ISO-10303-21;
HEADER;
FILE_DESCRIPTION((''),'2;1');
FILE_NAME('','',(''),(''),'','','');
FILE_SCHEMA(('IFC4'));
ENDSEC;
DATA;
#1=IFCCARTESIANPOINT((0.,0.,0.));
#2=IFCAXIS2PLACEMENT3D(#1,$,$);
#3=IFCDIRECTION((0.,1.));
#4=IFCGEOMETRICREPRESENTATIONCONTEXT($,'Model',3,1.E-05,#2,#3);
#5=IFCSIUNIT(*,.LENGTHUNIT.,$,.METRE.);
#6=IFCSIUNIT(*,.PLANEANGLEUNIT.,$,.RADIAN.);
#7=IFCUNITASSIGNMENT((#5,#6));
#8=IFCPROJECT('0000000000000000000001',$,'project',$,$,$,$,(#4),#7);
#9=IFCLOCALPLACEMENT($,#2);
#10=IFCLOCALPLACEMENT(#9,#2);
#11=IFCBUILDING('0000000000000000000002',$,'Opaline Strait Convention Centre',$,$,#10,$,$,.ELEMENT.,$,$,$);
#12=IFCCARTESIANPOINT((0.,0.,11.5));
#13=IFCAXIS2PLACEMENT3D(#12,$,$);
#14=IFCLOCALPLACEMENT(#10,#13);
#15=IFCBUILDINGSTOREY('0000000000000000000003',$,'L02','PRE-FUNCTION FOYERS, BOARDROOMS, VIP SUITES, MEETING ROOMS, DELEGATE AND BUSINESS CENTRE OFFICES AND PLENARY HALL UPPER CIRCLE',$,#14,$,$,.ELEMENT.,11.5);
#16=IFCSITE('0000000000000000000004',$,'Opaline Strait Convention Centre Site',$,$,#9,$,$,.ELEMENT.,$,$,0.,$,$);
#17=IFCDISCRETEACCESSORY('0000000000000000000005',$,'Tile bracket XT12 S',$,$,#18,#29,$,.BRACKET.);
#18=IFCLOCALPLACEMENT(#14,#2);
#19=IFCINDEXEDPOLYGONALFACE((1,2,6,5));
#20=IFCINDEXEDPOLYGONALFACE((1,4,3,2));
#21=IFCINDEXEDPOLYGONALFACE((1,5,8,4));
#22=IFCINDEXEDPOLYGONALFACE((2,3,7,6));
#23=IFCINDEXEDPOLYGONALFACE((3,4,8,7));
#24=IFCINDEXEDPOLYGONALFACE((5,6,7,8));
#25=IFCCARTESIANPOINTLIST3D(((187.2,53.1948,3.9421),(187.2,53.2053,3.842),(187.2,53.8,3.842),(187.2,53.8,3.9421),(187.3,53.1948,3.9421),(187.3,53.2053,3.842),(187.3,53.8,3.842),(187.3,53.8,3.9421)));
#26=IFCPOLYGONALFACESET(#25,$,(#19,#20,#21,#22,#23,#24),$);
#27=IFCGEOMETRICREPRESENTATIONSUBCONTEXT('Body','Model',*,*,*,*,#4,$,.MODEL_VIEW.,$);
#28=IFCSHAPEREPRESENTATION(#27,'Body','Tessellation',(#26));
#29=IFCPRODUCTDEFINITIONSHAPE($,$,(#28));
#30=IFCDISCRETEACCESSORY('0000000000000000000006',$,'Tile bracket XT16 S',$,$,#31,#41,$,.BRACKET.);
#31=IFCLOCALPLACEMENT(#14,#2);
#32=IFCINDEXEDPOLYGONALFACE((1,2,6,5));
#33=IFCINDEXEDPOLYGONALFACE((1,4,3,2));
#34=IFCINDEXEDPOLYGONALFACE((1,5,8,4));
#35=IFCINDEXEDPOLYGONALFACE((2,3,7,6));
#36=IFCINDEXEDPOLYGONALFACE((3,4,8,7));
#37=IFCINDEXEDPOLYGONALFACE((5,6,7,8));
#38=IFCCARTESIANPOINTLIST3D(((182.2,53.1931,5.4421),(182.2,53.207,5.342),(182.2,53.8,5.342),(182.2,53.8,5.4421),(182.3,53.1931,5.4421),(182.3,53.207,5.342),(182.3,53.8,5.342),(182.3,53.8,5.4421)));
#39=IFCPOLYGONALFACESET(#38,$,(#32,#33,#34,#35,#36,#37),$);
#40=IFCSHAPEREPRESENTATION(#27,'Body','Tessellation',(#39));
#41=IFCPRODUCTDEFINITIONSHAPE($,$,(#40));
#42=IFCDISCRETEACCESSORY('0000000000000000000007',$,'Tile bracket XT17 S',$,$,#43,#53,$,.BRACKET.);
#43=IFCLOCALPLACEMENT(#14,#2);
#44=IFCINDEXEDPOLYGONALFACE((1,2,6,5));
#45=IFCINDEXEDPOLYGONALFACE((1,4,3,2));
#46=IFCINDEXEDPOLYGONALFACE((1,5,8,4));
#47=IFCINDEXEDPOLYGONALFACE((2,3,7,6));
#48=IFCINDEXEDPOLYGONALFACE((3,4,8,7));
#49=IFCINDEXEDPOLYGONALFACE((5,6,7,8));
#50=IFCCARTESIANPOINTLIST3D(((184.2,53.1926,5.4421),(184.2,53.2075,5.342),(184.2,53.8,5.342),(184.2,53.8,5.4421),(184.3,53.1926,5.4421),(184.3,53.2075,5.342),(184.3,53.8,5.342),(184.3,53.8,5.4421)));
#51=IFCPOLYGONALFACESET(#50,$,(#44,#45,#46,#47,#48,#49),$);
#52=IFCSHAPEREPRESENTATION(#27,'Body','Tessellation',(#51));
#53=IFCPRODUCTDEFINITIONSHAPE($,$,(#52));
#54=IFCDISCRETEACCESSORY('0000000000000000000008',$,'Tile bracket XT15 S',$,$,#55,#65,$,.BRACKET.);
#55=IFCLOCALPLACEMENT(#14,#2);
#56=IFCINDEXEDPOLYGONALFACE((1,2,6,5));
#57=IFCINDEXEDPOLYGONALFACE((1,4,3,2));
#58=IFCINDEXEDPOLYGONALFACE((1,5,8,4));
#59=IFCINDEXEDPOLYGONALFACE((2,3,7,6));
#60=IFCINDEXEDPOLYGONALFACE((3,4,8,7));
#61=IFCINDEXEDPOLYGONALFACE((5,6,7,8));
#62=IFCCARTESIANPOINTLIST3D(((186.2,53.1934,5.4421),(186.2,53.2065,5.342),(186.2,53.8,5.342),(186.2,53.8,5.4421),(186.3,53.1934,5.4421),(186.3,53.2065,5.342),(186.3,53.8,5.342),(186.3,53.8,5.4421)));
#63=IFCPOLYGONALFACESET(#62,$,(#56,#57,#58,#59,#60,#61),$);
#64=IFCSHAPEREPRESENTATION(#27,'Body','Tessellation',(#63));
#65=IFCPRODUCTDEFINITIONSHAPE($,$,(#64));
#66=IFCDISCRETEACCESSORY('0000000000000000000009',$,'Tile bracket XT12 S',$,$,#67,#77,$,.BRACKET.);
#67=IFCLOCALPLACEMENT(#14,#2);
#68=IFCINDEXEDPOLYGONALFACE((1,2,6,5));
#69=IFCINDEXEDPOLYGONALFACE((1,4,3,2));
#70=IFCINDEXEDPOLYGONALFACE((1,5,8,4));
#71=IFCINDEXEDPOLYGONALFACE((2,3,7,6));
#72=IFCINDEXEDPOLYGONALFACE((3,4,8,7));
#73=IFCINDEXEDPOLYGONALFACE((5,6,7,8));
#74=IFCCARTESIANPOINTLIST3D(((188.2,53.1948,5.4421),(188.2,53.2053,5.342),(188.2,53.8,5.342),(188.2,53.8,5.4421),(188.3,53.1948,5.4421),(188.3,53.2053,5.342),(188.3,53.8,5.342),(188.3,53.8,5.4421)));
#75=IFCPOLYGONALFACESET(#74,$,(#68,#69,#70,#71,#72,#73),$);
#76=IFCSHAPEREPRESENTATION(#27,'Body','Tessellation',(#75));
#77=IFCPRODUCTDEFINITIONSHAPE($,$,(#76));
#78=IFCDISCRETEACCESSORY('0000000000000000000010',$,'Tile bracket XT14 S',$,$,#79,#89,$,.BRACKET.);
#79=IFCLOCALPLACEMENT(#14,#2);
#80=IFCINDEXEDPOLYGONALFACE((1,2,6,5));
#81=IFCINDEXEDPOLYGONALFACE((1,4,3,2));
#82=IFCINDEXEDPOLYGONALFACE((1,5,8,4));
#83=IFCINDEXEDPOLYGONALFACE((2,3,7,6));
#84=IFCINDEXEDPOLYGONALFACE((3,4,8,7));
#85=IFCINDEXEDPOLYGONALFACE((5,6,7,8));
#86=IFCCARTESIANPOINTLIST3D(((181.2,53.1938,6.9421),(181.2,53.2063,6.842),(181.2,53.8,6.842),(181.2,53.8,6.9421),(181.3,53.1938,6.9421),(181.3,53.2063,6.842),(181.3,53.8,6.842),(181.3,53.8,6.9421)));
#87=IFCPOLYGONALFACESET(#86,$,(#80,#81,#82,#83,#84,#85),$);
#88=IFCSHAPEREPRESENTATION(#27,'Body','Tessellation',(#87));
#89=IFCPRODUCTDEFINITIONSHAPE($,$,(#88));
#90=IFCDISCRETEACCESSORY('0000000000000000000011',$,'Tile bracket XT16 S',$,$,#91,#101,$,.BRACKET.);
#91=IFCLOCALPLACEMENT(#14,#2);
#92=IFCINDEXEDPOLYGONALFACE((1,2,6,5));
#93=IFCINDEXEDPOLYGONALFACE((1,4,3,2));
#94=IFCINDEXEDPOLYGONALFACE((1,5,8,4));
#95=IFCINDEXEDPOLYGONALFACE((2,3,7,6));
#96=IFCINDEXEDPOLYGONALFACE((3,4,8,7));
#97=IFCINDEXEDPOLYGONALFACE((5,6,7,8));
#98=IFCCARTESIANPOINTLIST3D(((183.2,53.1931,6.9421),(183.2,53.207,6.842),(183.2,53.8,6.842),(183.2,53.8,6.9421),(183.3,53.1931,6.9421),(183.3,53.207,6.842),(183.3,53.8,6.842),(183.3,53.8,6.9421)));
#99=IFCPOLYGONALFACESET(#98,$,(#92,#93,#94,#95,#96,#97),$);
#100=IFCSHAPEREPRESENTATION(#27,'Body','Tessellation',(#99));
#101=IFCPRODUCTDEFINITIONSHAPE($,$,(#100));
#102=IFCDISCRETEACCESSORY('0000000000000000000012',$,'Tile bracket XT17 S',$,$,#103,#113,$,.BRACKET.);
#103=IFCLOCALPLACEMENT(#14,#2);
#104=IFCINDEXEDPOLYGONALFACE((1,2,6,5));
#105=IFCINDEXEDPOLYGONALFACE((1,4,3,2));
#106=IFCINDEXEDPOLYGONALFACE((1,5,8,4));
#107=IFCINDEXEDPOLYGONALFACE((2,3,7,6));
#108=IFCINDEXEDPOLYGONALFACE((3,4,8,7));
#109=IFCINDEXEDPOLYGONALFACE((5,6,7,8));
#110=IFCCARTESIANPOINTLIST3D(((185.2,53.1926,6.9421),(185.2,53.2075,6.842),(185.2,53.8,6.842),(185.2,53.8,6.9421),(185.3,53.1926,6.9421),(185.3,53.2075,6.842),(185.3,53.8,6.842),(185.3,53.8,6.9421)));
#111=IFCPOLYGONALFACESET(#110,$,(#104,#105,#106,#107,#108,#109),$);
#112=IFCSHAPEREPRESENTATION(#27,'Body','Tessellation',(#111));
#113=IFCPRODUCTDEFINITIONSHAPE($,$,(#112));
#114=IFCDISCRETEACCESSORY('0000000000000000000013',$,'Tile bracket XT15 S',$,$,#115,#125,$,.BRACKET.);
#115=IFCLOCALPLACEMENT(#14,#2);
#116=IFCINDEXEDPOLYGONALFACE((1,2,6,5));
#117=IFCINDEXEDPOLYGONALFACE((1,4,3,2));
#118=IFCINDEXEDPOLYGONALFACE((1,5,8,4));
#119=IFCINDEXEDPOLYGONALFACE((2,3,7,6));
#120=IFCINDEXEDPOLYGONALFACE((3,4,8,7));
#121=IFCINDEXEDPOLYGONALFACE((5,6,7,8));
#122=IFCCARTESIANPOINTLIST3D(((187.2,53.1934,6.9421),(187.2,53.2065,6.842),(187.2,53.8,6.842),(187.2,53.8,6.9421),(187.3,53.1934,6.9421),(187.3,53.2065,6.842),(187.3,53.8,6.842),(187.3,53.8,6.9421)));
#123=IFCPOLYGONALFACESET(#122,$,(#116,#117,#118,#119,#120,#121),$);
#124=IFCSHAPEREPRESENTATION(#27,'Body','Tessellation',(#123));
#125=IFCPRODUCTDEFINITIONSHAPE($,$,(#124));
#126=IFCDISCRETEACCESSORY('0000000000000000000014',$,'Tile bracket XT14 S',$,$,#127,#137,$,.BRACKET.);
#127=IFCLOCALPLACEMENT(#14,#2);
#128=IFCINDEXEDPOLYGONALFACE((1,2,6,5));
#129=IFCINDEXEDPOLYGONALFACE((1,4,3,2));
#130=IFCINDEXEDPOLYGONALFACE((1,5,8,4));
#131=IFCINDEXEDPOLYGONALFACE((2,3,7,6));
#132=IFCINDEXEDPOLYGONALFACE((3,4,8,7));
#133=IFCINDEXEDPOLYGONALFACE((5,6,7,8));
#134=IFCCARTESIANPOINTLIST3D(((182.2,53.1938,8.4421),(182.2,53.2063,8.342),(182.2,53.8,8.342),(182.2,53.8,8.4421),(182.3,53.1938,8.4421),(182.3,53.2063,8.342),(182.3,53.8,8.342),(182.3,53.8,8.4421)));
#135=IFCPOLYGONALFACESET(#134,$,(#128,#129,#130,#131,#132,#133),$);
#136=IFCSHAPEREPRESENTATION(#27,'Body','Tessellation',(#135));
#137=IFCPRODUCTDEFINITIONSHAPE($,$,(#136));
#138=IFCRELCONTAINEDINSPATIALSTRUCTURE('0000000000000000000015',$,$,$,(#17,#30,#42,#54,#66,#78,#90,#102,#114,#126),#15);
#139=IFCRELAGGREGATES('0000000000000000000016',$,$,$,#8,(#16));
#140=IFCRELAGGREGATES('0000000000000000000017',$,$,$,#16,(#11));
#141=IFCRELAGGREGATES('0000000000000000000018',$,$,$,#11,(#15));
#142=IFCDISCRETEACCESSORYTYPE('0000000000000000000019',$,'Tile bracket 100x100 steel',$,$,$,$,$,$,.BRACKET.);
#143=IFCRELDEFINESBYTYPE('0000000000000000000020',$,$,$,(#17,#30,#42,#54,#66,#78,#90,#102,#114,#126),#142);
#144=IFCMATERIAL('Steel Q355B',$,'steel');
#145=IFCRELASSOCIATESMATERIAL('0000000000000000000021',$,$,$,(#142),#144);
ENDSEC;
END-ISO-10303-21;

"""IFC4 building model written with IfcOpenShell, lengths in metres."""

from ifc_helpers import new_model, si_unit, direction, frame, origin, place, context, subcontext, project, spatial, polyline, outline, extrude, material, type_object, element, save


model = new_model("IFC4")

# Units and contexts
model_context = context("Model", 3, precision=1e-05, world=origin(), true_north=direction((0.0, 1.0)))
body_context = subcontext(model_context, "Body", "Model", "MODEL_VIEW")
ifc_project = project(units=[si_unit("LENGTHUNIT", "METRE"), si_unit("PLANEANGLEUNIT", "RADIAN")], contexts=[model_context])

# Site, building, storey
site_placement = place(None, origin())
site = spatial("IfcSite", under=ifc_project, at=site_placement, Name="Opaline Strait Convention Centre Site", CompositionType="ELEMENT", RefElevation=0.0)
building_placement = place(site_placement, origin())
building = spatial("IfcBuilding", under=site, at=building_placement, Name="Opaline Strait Convention Centre", CompositionType="ELEMENT")
storey_placement = place(building_placement, frame((0.0, 0.0, 11.5)))
storey = spatial("IfcBuildingStorey", under=building, at=storey_placement, Name="L02", Description="PRE-FUNCTION FOYERS, BOARDROOMS, VIP SUITES, MEETING ROOMS, DELEGATE AND BUSINESS CENTRE OFFICES AND PLENARY HALL UPPER CIRCLE", CompositionType="ELEMENT", Elevation=11.5)

# Discrete accessories
ifc_material_1 = material(Name="Steel Q355B", Category="steel")
discrete_accessory_type = type_object("IfcDiscreteAccessoryType", Name="Tile bracket 100x100 steel", PredefinedType="BRACKET", material=ifc_material_1)
discrete_accessory_1_placement = place(storey_placement, frame((187.2, 53.8, 3.8921), z_axis=(1.0, 0.0, 0.0), x_axis=(0.0, 1.0, 0.0)))
element("IfcDiscreteAccessory", 1, at=discrete_accessory_1_placement, inside=storey, type_object=discrete_accessory_type, Name="Tile bracket XT12 S", PredefinedType="BRACKET", context=body_context, shape_type="SweptSolid", body=[
    extrude(outline(polyline([(0.0, -0.05), (0.0, 0.05), (-0.6052, 0.05), (-0.5947, -0.05), (0.0, -0.05)])), origin(), (0.0, 0.0, 1.0), 0.1001),
])
discrete_accessory_2_placement = place(storey_placement, frame((182.2, 53.8, 5.3921), z_axis=(1.0, 0.0, 0.0), x_axis=(0.0, 1.0, 0.0)))
element("IfcDiscreteAccessory", 2, at=discrete_accessory_2_placement, inside=storey, type_object=discrete_accessory_type, Name="Tile bracket XT16 S", PredefinedType="BRACKET", context=body_context, shape_type="SweptSolid", body=[
    extrude(outline(polyline([(0.0, -0.05), (0.0, 0.05), (-0.6069, 0.05), (-0.593, -0.05), (0.0, -0.05)])), origin(), (0.0, 0.0, 1.0), 0.1001),
])
discrete_accessory_3_placement = place(storey_placement, frame((184.2, 53.8, 5.3921), z_axis=(1.0, 0.0, 0.0), x_axis=(0.0, 1.0, 0.0)))
element("IfcDiscreteAccessory", 3, at=discrete_accessory_3_placement, inside=storey, type_object=discrete_accessory_type, Name="Tile bracket XT17 S", PredefinedType="BRACKET", context=body_context, shape_type="SweptSolid", body=[
    extrude(outline(polyline([(0.0, -0.05), (0.0, 0.05), (-0.6074, 0.05), (-0.5925, -0.05), (0.0, -0.05)])), origin(), (0.0, 0.0, 1.0), 0.1001),
])
discrete_accessory_4_placement = place(storey_placement, frame((186.2, 53.8, 5.3921), z_axis=(1.0, 0.0, 0.0), x_axis=(0.0, 1.0, 0.0)))
element("IfcDiscreteAccessory", 4, at=discrete_accessory_4_placement, inside=storey, type_object=discrete_accessory_type, Name="Tile bracket XT15 S", PredefinedType="BRACKET", context=body_context, shape_type="SweptSolid", body=[
    extrude(outline(polyline([(0.0, -0.05), (0.0, 0.05), (-0.6067, 0.05), (-0.5935, -0.05), (0.0, -0.05)])), origin(), (0.0, 0.0, 1.0), 0.1001),
])
discrete_accessory_5_placement = place(storey_placement, frame((188.2, 53.8, 5.3921), z_axis=(1.0, 0.0, 0.0), x_axis=(0.0, 1.0, 0.0)))
element("IfcDiscreteAccessory", 5, at=discrete_accessory_5_placement, inside=storey, type_object=discrete_accessory_type, Name="Tile bracket XT12 S", PredefinedType="BRACKET", context=body_context, shape_type="SweptSolid", body=[
    extrude(outline(polyline([(0.0, -0.05), (0.0, 0.05), (-0.6052, 0.05), (-0.5947, -0.05), (0.0, -0.05)])), origin(), (0.0, 0.0, 1.0), 0.1001),
])
discrete_accessory_6_placement = place(storey_placement, frame((181.2, 53.8, 6.8921), z_axis=(1.0, 0.0, 0.0), x_axis=(0.0, 1.0, 0.0)))
element("IfcDiscreteAccessory", 6, at=discrete_accessory_6_placement, inside=storey, type_object=discrete_accessory_type, Name="Tile bracket XT14 S", PredefinedType="BRACKET", context=body_context, shape_type="SweptSolid", body=[
    extrude(outline(polyline([(0.0, -0.05), (0.0, 0.05), (-0.6062, 0.05), (-0.5938, -0.05), (0.0, -0.05)])), origin(), (0.0, 0.0, 1.0), 0.1001),
])
discrete_accessory_7_placement = place(storey_placement, frame((183.2, 53.8, 6.8921), z_axis=(1.0, 0.0, 0.0), x_axis=(0.0, 1.0, 0.0)))
element("IfcDiscreteAccessory", 7, at=discrete_accessory_7_placement, inside=storey, type_object=discrete_accessory_type, Name="Tile bracket XT16 S", PredefinedType="BRACKET", context=body_context, shape_type="SweptSolid", body=[
    extrude(outline(polyline([(0.0, -0.05), (0.0, 0.05), (-0.6069, 0.05), (-0.593, -0.05), (0.0, -0.05)])), origin(), (0.0, 0.0, 1.0), 0.1001),
])
discrete_accessory_8_placement = place(storey_placement, frame((185.2, 53.8, 6.8921), z_axis=(1.0, 0.0, 0.0), x_axis=(0.0, 1.0, 0.0)))
element("IfcDiscreteAccessory", 8, at=discrete_accessory_8_placement, inside=storey, type_object=discrete_accessory_type, Name="Tile bracket XT17 S", PredefinedType="BRACKET", context=body_context, shape_type="SweptSolid", body=[
    extrude(outline(polyline([(0.0, -0.05), (0.0, 0.05), (-0.6074, 0.05), (-0.5925, -0.05), (0.0, -0.05)])), origin(), (0.0, 0.0, 1.0), 0.1001),
])
discrete_accessory_9_placement = place(storey_placement, frame((187.2, 53.8, 6.8921), z_axis=(1.0, 0.0, 0.0), x_axis=(0.0, 1.0, 0.0)))
element("IfcDiscreteAccessory", 9, at=discrete_accessory_9_placement, inside=storey, type_object=discrete_accessory_type, Name="Tile bracket XT15 S", PredefinedType="BRACKET", context=body_context, shape_type="SweptSolid", body=[
    extrude(outline(polyline([(0.0, -0.05), (0.0, 0.05), (-0.6067, 0.05), (-0.5935, -0.05), (0.0, -0.05)])), origin(), (0.0, 0.0, 1.0), 0.1001),
])
discrete_accessory_10_placement = place(storey_placement, frame((182.2, 53.8, 8.3921), z_axis=(1.0, 0.0, 0.0), x_axis=(0.0, 1.0, 0.0)))
element("IfcDiscreteAccessory", 10, at=discrete_accessory_10_placement, inside=storey, type_object=discrete_accessory_type, Name="Tile bracket XT14 S", PredefinedType="BRACKET", context=body_context, shape_type="SweptSolid", body=[
    extrude(outline(polyline([(0.0, -0.05), (0.0, 0.05), (-0.6062, 0.05), (-0.5938, -0.05), (0.0, -0.05)])), origin(), (0.0, 0.0, 1.0), 0.1001),
])

save(model, "model.ifc")
